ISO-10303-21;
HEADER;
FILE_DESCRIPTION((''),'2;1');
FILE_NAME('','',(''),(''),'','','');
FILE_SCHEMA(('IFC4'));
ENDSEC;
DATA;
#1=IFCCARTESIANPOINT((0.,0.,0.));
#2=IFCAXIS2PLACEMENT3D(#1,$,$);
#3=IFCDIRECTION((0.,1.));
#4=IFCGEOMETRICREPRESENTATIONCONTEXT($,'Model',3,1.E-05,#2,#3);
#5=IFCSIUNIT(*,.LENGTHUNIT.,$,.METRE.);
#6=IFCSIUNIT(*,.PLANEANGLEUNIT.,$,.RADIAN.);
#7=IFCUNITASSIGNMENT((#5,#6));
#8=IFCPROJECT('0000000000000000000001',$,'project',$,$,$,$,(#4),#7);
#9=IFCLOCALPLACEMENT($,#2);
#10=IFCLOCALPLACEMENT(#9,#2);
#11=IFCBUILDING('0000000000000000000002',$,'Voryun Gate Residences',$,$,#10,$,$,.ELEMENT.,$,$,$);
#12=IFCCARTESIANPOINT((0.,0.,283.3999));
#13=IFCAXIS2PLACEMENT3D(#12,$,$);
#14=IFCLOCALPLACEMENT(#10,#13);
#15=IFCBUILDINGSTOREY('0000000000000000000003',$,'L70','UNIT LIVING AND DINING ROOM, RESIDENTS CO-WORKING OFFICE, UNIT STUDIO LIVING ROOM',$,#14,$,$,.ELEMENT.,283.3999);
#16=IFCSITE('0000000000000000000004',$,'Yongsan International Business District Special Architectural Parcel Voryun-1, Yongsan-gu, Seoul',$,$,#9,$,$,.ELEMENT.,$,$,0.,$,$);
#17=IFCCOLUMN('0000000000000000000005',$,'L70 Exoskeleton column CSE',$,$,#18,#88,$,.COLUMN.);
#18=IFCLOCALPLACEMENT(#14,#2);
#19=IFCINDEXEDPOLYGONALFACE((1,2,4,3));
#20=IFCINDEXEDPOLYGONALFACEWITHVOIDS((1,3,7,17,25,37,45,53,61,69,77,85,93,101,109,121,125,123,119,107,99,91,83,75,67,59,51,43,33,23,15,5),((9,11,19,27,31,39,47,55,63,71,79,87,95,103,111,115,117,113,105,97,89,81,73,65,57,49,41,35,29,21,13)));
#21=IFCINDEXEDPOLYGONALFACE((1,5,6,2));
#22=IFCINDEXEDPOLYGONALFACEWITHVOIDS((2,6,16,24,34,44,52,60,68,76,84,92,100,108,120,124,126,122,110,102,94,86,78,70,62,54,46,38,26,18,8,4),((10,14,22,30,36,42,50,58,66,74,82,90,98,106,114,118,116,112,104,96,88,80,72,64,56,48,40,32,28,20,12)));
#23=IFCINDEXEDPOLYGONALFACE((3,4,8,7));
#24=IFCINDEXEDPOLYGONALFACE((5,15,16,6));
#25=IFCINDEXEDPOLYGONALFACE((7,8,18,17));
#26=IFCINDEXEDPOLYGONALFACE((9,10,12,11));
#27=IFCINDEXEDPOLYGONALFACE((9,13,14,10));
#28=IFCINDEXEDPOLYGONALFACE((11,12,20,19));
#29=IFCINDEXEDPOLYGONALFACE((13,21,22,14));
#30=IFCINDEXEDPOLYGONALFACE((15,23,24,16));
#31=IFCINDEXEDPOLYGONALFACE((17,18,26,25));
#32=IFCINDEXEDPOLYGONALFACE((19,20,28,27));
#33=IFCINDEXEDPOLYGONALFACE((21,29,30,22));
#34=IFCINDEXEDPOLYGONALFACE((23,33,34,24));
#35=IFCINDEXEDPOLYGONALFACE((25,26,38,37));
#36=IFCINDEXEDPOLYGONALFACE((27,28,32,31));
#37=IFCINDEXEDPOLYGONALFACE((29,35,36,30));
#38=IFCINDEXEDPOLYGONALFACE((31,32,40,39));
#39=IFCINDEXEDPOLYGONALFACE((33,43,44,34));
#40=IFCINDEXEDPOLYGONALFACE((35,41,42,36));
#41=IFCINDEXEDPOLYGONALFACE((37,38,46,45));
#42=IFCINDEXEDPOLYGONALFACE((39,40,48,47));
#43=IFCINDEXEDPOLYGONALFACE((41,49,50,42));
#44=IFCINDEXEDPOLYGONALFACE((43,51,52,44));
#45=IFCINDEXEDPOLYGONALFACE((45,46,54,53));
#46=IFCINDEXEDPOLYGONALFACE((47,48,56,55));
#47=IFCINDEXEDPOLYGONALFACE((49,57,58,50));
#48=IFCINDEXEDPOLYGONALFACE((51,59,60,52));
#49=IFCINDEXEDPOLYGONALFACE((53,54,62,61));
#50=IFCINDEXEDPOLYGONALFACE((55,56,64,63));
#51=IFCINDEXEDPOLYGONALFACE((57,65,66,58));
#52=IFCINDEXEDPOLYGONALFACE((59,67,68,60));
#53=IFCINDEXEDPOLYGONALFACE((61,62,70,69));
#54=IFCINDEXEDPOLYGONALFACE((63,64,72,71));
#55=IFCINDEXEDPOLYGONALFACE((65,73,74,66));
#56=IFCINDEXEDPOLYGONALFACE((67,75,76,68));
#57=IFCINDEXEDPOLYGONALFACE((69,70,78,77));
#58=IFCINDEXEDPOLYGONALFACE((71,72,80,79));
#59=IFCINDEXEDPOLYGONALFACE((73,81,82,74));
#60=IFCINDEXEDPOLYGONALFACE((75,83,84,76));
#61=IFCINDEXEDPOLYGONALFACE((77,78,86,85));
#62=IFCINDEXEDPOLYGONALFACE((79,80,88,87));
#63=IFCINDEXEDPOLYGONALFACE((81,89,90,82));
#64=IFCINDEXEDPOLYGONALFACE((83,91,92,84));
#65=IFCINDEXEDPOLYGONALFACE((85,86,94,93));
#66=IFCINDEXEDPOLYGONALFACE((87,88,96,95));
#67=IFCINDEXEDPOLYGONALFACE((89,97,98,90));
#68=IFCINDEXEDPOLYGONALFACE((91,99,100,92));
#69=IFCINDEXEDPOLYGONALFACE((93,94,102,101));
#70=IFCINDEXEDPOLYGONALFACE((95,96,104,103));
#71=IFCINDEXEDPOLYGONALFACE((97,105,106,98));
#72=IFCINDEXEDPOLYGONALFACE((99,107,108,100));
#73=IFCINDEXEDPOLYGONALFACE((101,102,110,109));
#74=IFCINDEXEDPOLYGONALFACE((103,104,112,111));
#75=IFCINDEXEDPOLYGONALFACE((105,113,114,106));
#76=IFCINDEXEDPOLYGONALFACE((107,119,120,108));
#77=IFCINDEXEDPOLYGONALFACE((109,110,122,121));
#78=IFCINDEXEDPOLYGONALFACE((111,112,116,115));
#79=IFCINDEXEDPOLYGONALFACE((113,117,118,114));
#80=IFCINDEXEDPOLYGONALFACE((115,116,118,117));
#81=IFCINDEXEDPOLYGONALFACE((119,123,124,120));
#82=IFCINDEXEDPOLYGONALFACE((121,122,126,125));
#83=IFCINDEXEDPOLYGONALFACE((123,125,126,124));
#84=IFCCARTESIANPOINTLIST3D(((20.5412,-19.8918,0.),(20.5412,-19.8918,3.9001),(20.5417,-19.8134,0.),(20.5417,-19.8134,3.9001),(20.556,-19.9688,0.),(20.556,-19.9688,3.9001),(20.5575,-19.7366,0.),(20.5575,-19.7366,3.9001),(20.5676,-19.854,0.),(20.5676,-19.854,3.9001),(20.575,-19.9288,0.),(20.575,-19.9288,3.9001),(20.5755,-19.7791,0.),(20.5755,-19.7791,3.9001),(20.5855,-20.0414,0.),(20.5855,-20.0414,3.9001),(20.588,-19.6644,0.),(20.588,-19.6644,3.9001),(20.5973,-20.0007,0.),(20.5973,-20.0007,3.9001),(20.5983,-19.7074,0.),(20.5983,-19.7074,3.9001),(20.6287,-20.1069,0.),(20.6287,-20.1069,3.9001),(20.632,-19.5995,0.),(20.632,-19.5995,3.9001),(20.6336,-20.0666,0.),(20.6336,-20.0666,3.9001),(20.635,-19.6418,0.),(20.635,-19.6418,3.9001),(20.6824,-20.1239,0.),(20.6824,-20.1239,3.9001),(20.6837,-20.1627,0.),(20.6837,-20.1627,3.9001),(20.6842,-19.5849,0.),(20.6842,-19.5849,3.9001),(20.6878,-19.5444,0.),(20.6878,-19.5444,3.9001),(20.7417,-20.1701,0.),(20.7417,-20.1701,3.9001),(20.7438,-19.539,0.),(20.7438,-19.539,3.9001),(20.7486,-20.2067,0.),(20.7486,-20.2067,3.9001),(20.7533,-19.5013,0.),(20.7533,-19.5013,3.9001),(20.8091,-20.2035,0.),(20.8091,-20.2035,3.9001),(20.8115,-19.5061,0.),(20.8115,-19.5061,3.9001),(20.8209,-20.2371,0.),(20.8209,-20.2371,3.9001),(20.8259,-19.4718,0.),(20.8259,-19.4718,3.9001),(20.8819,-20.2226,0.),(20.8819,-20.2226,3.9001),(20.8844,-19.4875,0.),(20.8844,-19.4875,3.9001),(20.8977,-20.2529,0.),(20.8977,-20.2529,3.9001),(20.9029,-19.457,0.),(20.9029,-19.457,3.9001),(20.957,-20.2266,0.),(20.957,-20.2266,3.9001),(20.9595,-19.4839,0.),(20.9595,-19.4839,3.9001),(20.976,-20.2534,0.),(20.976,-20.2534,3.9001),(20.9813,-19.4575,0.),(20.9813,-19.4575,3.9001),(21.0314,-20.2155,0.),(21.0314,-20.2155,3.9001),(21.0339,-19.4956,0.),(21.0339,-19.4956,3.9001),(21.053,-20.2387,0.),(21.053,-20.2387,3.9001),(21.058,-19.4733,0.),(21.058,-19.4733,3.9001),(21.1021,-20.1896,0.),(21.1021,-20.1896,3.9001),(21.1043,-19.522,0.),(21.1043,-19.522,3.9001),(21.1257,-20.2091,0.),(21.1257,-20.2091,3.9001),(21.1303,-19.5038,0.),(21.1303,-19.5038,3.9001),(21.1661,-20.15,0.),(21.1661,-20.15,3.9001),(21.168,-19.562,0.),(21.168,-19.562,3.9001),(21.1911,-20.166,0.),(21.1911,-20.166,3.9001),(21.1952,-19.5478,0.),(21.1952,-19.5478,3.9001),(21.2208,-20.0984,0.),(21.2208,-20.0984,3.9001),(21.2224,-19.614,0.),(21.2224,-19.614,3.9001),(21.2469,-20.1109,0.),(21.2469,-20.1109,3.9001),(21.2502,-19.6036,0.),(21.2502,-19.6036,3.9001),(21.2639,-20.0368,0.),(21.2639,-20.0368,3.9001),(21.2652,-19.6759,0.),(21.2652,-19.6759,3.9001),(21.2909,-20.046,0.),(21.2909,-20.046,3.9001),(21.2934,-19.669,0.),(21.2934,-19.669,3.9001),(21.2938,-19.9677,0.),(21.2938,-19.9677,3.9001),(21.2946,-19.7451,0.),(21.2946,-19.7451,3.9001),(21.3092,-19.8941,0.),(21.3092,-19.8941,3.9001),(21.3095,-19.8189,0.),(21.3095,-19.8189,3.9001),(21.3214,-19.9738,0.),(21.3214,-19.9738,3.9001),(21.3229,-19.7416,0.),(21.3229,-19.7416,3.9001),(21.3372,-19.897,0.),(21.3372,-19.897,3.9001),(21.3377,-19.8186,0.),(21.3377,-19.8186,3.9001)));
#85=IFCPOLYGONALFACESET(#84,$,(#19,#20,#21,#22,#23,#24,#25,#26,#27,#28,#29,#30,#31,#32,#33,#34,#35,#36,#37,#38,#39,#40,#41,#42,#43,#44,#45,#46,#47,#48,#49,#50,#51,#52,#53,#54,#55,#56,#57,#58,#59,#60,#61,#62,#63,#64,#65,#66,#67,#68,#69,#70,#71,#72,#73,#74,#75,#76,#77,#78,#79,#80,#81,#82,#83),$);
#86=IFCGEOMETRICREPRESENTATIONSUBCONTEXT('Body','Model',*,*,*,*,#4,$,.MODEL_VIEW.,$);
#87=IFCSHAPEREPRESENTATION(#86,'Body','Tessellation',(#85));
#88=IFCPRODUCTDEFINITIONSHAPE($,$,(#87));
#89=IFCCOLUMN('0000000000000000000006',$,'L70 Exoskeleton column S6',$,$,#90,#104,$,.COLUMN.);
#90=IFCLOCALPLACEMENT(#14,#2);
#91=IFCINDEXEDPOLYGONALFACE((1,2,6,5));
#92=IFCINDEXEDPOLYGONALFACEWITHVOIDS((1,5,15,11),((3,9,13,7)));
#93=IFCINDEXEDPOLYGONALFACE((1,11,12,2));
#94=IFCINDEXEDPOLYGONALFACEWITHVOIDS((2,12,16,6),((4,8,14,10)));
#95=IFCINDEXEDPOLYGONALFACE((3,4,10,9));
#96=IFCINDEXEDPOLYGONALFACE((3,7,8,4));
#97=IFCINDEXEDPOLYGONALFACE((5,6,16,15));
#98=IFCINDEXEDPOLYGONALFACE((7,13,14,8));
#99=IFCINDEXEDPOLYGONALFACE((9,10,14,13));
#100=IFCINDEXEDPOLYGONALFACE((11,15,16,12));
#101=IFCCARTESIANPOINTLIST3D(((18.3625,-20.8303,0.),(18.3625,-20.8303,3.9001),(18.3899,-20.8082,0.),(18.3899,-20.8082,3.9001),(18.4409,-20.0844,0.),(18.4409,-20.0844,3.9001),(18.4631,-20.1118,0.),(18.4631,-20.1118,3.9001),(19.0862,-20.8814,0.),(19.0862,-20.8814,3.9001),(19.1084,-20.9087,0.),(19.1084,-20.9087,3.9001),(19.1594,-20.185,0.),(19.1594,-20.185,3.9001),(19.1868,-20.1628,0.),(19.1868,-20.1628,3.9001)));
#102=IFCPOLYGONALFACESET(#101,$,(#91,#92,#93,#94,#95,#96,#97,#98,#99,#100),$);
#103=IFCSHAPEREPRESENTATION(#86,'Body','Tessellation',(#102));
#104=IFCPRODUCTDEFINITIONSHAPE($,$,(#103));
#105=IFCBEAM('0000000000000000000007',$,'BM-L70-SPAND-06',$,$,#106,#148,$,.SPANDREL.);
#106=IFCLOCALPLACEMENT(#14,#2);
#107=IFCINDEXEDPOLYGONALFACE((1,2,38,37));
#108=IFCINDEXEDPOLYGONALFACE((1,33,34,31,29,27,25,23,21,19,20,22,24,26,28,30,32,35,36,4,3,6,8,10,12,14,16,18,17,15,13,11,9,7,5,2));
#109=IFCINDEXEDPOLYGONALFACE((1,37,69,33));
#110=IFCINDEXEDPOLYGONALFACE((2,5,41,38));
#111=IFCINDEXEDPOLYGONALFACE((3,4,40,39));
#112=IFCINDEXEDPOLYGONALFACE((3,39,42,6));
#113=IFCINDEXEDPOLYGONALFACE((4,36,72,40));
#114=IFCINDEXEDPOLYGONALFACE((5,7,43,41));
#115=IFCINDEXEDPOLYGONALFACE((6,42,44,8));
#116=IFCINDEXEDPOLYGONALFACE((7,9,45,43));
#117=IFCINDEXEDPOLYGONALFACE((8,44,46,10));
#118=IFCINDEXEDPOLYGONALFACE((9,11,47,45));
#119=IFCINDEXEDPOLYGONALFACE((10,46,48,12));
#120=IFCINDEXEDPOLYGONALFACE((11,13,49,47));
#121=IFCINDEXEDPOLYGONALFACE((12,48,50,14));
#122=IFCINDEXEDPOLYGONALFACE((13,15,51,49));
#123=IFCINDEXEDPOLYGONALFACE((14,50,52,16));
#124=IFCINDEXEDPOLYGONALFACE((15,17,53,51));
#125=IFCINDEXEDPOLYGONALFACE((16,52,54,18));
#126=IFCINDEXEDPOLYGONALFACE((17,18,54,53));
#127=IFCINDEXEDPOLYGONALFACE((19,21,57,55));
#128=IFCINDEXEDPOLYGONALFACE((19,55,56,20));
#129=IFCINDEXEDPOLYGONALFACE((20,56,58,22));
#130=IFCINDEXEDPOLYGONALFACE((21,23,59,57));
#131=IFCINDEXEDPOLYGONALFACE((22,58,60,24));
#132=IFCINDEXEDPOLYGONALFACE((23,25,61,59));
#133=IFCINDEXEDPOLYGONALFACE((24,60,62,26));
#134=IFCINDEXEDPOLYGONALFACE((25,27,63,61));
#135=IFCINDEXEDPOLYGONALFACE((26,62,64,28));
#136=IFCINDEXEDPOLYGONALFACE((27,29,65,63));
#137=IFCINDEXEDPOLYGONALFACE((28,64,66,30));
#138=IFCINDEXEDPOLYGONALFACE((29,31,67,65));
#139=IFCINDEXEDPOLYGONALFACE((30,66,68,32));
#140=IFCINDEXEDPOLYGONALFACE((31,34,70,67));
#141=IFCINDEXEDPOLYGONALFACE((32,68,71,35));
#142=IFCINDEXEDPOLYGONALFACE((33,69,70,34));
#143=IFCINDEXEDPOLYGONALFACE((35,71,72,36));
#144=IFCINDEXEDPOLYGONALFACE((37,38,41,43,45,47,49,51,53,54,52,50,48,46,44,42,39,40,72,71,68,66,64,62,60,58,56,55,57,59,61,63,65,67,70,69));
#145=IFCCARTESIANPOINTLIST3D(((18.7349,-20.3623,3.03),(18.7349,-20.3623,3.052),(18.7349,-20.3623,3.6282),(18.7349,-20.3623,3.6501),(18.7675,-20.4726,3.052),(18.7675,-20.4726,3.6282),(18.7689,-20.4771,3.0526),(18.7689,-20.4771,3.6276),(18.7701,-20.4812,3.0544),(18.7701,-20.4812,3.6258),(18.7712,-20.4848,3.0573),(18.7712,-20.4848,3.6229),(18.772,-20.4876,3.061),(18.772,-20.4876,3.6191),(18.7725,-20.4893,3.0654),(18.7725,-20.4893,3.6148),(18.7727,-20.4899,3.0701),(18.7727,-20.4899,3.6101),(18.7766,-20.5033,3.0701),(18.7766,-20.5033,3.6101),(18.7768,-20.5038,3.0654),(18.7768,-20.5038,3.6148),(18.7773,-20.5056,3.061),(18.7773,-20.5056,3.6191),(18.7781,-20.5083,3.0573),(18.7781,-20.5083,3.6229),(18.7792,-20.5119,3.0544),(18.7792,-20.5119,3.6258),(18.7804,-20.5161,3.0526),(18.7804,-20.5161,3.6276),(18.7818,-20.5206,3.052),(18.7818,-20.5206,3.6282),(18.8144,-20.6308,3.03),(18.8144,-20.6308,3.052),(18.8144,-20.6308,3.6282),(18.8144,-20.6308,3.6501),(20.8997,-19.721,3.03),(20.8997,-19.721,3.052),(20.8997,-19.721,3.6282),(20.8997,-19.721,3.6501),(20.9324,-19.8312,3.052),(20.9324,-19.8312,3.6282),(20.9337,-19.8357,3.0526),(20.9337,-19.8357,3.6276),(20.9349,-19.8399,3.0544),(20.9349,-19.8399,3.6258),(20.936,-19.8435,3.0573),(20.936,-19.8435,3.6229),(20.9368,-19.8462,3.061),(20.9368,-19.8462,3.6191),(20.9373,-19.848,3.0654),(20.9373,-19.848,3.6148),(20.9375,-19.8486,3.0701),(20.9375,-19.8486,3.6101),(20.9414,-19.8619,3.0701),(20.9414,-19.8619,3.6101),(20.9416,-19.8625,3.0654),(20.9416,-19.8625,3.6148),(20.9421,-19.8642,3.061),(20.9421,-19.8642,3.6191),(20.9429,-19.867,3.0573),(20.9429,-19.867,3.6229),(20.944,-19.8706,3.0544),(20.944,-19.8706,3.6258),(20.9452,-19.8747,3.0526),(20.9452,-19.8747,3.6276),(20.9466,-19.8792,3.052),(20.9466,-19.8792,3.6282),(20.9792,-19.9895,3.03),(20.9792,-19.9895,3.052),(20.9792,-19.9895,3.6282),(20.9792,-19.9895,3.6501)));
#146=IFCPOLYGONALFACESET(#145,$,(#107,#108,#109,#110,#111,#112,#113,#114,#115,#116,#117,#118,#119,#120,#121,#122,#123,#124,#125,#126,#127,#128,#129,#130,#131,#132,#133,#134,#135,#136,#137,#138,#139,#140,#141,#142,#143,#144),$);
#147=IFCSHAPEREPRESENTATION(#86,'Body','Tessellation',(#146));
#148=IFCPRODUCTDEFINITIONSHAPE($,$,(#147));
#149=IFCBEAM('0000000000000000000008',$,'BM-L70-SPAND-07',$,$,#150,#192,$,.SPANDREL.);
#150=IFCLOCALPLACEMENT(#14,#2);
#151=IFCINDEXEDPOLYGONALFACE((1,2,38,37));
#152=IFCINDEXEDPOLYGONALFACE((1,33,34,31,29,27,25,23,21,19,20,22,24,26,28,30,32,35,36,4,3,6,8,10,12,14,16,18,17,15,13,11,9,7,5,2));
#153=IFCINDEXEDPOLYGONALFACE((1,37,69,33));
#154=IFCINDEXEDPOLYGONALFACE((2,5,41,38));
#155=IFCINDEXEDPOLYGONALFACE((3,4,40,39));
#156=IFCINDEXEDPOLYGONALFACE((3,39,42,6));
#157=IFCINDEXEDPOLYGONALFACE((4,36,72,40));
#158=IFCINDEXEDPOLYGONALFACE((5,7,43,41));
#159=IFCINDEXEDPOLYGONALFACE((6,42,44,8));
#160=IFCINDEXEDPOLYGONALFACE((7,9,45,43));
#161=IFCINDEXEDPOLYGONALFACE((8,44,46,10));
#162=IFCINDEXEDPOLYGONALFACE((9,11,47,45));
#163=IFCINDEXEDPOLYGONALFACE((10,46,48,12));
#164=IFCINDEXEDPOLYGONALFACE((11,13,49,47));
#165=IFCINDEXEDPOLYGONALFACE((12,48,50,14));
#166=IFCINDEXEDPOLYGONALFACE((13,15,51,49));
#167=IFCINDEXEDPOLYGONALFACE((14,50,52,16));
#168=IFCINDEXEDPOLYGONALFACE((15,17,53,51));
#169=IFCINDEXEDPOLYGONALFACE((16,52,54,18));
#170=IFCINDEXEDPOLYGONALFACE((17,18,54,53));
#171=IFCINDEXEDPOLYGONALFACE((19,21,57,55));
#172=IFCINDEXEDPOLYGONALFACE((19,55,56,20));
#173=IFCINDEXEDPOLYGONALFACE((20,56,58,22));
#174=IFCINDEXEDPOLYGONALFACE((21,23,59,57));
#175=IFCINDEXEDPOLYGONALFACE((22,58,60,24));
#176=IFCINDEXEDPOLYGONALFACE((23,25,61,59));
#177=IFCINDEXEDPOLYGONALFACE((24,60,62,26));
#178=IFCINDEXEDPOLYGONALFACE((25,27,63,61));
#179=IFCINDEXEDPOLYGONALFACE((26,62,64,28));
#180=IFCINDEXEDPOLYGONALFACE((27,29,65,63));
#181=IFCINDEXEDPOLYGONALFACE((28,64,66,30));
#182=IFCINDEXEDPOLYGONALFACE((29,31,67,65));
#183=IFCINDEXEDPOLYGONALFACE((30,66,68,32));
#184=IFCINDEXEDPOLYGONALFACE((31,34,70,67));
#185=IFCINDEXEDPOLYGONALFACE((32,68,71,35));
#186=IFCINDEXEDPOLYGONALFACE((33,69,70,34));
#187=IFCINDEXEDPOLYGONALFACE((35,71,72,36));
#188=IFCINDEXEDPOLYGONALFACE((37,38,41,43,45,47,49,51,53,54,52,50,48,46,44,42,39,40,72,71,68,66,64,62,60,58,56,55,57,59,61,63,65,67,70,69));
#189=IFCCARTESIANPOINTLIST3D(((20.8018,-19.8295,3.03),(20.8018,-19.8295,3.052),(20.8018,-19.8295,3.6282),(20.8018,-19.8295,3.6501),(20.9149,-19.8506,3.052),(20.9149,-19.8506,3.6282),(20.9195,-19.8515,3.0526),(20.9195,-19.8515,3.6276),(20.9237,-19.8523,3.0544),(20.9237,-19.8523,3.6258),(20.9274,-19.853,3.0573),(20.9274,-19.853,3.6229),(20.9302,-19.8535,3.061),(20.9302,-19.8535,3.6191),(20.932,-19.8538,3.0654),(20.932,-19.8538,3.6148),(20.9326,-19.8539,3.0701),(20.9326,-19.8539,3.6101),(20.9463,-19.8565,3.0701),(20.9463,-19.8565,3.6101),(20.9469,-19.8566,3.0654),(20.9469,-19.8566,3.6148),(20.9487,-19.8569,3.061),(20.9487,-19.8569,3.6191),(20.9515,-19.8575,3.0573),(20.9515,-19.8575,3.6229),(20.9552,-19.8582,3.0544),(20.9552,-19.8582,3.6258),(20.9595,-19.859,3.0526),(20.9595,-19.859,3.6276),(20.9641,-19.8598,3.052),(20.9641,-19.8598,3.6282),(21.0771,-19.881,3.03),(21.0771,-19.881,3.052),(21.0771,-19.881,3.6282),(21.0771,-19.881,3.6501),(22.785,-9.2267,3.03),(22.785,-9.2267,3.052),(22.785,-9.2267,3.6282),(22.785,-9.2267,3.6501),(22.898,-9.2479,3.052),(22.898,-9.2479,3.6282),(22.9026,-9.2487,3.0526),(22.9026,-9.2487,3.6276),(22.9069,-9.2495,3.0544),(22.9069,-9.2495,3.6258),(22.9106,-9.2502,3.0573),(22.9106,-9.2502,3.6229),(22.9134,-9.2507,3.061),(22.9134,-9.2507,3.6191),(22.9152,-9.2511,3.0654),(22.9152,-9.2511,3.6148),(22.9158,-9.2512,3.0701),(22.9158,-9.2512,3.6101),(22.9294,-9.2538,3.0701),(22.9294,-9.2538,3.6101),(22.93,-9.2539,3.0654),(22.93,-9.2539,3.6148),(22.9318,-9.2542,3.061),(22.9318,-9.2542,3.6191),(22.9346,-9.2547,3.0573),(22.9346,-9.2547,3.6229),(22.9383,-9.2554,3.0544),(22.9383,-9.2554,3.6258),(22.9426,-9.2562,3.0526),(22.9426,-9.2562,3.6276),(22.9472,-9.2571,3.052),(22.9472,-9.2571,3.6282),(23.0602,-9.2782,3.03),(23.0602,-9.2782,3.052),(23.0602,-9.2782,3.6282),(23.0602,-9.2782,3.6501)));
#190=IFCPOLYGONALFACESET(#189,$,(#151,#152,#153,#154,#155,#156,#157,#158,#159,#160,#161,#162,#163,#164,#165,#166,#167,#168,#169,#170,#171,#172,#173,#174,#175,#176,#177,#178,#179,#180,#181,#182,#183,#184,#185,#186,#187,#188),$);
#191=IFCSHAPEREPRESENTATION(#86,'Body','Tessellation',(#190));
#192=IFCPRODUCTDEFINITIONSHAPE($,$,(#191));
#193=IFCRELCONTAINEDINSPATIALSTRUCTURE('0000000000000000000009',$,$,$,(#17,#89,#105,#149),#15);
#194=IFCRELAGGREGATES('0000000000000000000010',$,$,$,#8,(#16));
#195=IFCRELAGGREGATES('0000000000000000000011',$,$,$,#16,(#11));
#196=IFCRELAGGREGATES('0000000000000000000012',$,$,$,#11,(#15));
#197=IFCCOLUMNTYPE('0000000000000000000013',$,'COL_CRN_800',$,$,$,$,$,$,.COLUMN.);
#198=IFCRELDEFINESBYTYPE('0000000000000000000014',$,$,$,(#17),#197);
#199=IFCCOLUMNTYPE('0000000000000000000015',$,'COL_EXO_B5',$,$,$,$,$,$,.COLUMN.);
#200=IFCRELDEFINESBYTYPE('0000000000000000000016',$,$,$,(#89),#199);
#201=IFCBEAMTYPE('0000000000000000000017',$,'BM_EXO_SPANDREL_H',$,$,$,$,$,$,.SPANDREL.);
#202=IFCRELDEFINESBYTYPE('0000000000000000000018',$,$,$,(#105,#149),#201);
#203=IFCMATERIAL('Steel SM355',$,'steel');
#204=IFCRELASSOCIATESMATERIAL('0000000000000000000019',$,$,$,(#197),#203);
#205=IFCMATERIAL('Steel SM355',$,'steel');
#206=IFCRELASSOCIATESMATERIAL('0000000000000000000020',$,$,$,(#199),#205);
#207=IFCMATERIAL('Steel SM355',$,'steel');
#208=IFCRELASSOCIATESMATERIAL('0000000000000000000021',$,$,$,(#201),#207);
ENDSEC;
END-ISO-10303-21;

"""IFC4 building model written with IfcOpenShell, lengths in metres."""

from ifc_helpers import new_model, si_unit, direction, frame, origin, origin_2d, place, context, subcontext, project, spatial, hollow_rectangle, hollow_circle, i_section, extrude, material, material_profile, profile_set, type_object, element, save


model = new_model("IFC4")

# Units and contexts
model_context = context("Model", 3, precision=1e-05, world=origin(), true_north=direction((0.0, 1.0)))
body_context = subcontext(model_context, "Body", "Model", "MODEL_VIEW")
ifc_project = project(units=[si_unit("LENGTHUNIT", "METRE"), si_unit("PLANEANGLEUNIT", "RADIAN")], contexts=[model_context])

# Site, building, storey
site_placement = place(None, origin())
site = spatial("IfcSite", under=ifc_project, at=site_placement, Name="Yongsan International Business District Special Architectural Parcel Voryun-1, Yongsan-gu, Seoul", CompositionType="ELEMENT", RefElevation=0.0)
building_placement = place(site_placement, origin())
building = spatial("IfcBuilding", under=site, at=building_placement, Name="Voryun Gate Residences", CompositionType="ELEMENT")
storey_placement = place(building_placement, frame((0.0, 0.0, 283.3999)))
storey = spatial("IfcBuildingStorey", under=building, at=storey_placement, Name="L70", Description="UNIT LIVING AND DINING ROOM, RESIDENTS CO-WORKING OFFICE, UNIT STUDIO LIVING ROOM", CompositionType="ELEMENT", Elevation=283.3999)

# Columns
ifc_material_1 = material(Name="Steel SM355", Category="steel")
ifc_material_profile_1 = material_profile(ifc_material_1, hollow_circle(Radius=0.3999, WallThickness=0.0281, at=origin_2d()), Name="CHS-800x28")
ifc_profile_set_1 = profile_set([ifc_material_profile_1], Name="Steel SM355")
column_type_1 = type_object("IfcColumnType", Name="COL_CRN_800", PredefinedType="COLUMN", material=ifc_profile_set_1)
column_1_placement = place(storey_placement, frame((20.9395, -19.8552, 0.0), z_axis=(0.0, 0.0, 1.0), x_axis=(0.994522, -0.104528, 0.0)))
element("IfcColumn", 1, at=column_1_placement, inside=storey, type_object=column_type_1, Name="L70 Exoskeleton column CSE", PredefinedType="COLUMN", context=body_context, shape_type="SweptSolid", body=[
    extrude(hollow_circle(Radius=0.3999, WallThickness=0.0281, at=origin_2d()), origin(), (0.0, 0.0, 1.0), 3.9001),
])
ifc_material_2 = material(Name="Steel SM355", Category="steel")
ifc_material_profile_2 = material_profile(ifc_material_2, hollow_rectangle(XDim=0.75, YDim=0.75, WallThickness=0.0249, at=origin_2d()), Name="BOX-750x750x25")
ifc_profile_set_2 = profile_set([ifc_material_profile_2], Name="Steel SM355")
column_type_2 = type_object("IfcColumnType", Name="COL_EXO_B5", PredefinedType="COLUMN", material=ifc_profile_set_2)
column_2_placement = place(storey_placement, frame((18.7747, -20.4966, 0.0), z_axis=(0.0, 0.0, 1.0), x_axis=(0.994522, -0.104528, 0.0)))
element("IfcColumn", 2, at=column_2_placement, inside=storey, type_object=column_type_2, Name="L70 Exoskeleton column S6", PredefinedType="COLUMN", context=body_context, shape_type="SweptSolid", body=[
    extrude(hollow_rectangle(XDim=0.75, YDim=0.75, WallThickness=0.0249, at=origin_2d()), origin(), (0.0, 0.0, 1.0), 3.9001),
])

# Beams
ifc_material_3 = material(Name="Steel SM355", Category="steel")
ifc_material_profile_3 = material_profile(ifc_material_3, i_section(OverallWidth=0.28, OverallDepth=0.6201, WebThickness=0.0139, FlangeThickness=0.022, FilletRadius=0.0181, at=origin_2d()), Name="H-620x280x14x22")
ifc_profile_set_3 = profile_set([ifc_material_profile_3], Name="Steel SM355")
beam_type = type_object("IfcBeamType", Name="BM_EXO_SPANDREL_H", PredefinedType="SPANDREL", material=ifc_profile_set_3)
beam_1_placement = place(storey_placement, frame((18.7747, -20.4966, 3.3401), z_axis=(0.958806, 0.284063, 0.0), x_axis=(-0.284063, 0.958806, 0.0)))
element("IfcBeam", 3, at=beam_1_placement, inside=storey, type_object=beam_type, Name="BM-L70-SPAND-06", PredefinedType="SPANDREL", context=body_context, shape_type="SweptSolid", body=[
    extrude(i_section(OverallWidth=0.28, OverallDepth=0.6201, WebThickness=0.0139, FlangeThickness=0.022, FilletRadius=0.0181, at=origin_2d()), origin(), (0.0, 0.0, 1.0), 2.2578),
])
beam_2_placement = place(storey_placement, frame((20.9395, -19.8552, 3.3401), z_axis=(0.183853, 0.982954, 0.0), x_axis=(-0.982954, 0.183853, 0.0)))
element("IfcBeam", 4, at=beam_2_placement, inside=storey, type_object=beam_type, Name="BM-L70-SPAND-07", PredefinedType="SPANDREL", context=body_context, shape_type="SweptSolid", body=[
    extrude(i_section(OverallWidth=0.28, OverallDepth=0.6201, WebThickness=0.0139, FlangeThickness=0.022, FilletRadius=0.0181, at=origin_2d()), origin(), (0.0, 0.0, 1.0), 10.7866),
])

save(model, "model.ifc")
